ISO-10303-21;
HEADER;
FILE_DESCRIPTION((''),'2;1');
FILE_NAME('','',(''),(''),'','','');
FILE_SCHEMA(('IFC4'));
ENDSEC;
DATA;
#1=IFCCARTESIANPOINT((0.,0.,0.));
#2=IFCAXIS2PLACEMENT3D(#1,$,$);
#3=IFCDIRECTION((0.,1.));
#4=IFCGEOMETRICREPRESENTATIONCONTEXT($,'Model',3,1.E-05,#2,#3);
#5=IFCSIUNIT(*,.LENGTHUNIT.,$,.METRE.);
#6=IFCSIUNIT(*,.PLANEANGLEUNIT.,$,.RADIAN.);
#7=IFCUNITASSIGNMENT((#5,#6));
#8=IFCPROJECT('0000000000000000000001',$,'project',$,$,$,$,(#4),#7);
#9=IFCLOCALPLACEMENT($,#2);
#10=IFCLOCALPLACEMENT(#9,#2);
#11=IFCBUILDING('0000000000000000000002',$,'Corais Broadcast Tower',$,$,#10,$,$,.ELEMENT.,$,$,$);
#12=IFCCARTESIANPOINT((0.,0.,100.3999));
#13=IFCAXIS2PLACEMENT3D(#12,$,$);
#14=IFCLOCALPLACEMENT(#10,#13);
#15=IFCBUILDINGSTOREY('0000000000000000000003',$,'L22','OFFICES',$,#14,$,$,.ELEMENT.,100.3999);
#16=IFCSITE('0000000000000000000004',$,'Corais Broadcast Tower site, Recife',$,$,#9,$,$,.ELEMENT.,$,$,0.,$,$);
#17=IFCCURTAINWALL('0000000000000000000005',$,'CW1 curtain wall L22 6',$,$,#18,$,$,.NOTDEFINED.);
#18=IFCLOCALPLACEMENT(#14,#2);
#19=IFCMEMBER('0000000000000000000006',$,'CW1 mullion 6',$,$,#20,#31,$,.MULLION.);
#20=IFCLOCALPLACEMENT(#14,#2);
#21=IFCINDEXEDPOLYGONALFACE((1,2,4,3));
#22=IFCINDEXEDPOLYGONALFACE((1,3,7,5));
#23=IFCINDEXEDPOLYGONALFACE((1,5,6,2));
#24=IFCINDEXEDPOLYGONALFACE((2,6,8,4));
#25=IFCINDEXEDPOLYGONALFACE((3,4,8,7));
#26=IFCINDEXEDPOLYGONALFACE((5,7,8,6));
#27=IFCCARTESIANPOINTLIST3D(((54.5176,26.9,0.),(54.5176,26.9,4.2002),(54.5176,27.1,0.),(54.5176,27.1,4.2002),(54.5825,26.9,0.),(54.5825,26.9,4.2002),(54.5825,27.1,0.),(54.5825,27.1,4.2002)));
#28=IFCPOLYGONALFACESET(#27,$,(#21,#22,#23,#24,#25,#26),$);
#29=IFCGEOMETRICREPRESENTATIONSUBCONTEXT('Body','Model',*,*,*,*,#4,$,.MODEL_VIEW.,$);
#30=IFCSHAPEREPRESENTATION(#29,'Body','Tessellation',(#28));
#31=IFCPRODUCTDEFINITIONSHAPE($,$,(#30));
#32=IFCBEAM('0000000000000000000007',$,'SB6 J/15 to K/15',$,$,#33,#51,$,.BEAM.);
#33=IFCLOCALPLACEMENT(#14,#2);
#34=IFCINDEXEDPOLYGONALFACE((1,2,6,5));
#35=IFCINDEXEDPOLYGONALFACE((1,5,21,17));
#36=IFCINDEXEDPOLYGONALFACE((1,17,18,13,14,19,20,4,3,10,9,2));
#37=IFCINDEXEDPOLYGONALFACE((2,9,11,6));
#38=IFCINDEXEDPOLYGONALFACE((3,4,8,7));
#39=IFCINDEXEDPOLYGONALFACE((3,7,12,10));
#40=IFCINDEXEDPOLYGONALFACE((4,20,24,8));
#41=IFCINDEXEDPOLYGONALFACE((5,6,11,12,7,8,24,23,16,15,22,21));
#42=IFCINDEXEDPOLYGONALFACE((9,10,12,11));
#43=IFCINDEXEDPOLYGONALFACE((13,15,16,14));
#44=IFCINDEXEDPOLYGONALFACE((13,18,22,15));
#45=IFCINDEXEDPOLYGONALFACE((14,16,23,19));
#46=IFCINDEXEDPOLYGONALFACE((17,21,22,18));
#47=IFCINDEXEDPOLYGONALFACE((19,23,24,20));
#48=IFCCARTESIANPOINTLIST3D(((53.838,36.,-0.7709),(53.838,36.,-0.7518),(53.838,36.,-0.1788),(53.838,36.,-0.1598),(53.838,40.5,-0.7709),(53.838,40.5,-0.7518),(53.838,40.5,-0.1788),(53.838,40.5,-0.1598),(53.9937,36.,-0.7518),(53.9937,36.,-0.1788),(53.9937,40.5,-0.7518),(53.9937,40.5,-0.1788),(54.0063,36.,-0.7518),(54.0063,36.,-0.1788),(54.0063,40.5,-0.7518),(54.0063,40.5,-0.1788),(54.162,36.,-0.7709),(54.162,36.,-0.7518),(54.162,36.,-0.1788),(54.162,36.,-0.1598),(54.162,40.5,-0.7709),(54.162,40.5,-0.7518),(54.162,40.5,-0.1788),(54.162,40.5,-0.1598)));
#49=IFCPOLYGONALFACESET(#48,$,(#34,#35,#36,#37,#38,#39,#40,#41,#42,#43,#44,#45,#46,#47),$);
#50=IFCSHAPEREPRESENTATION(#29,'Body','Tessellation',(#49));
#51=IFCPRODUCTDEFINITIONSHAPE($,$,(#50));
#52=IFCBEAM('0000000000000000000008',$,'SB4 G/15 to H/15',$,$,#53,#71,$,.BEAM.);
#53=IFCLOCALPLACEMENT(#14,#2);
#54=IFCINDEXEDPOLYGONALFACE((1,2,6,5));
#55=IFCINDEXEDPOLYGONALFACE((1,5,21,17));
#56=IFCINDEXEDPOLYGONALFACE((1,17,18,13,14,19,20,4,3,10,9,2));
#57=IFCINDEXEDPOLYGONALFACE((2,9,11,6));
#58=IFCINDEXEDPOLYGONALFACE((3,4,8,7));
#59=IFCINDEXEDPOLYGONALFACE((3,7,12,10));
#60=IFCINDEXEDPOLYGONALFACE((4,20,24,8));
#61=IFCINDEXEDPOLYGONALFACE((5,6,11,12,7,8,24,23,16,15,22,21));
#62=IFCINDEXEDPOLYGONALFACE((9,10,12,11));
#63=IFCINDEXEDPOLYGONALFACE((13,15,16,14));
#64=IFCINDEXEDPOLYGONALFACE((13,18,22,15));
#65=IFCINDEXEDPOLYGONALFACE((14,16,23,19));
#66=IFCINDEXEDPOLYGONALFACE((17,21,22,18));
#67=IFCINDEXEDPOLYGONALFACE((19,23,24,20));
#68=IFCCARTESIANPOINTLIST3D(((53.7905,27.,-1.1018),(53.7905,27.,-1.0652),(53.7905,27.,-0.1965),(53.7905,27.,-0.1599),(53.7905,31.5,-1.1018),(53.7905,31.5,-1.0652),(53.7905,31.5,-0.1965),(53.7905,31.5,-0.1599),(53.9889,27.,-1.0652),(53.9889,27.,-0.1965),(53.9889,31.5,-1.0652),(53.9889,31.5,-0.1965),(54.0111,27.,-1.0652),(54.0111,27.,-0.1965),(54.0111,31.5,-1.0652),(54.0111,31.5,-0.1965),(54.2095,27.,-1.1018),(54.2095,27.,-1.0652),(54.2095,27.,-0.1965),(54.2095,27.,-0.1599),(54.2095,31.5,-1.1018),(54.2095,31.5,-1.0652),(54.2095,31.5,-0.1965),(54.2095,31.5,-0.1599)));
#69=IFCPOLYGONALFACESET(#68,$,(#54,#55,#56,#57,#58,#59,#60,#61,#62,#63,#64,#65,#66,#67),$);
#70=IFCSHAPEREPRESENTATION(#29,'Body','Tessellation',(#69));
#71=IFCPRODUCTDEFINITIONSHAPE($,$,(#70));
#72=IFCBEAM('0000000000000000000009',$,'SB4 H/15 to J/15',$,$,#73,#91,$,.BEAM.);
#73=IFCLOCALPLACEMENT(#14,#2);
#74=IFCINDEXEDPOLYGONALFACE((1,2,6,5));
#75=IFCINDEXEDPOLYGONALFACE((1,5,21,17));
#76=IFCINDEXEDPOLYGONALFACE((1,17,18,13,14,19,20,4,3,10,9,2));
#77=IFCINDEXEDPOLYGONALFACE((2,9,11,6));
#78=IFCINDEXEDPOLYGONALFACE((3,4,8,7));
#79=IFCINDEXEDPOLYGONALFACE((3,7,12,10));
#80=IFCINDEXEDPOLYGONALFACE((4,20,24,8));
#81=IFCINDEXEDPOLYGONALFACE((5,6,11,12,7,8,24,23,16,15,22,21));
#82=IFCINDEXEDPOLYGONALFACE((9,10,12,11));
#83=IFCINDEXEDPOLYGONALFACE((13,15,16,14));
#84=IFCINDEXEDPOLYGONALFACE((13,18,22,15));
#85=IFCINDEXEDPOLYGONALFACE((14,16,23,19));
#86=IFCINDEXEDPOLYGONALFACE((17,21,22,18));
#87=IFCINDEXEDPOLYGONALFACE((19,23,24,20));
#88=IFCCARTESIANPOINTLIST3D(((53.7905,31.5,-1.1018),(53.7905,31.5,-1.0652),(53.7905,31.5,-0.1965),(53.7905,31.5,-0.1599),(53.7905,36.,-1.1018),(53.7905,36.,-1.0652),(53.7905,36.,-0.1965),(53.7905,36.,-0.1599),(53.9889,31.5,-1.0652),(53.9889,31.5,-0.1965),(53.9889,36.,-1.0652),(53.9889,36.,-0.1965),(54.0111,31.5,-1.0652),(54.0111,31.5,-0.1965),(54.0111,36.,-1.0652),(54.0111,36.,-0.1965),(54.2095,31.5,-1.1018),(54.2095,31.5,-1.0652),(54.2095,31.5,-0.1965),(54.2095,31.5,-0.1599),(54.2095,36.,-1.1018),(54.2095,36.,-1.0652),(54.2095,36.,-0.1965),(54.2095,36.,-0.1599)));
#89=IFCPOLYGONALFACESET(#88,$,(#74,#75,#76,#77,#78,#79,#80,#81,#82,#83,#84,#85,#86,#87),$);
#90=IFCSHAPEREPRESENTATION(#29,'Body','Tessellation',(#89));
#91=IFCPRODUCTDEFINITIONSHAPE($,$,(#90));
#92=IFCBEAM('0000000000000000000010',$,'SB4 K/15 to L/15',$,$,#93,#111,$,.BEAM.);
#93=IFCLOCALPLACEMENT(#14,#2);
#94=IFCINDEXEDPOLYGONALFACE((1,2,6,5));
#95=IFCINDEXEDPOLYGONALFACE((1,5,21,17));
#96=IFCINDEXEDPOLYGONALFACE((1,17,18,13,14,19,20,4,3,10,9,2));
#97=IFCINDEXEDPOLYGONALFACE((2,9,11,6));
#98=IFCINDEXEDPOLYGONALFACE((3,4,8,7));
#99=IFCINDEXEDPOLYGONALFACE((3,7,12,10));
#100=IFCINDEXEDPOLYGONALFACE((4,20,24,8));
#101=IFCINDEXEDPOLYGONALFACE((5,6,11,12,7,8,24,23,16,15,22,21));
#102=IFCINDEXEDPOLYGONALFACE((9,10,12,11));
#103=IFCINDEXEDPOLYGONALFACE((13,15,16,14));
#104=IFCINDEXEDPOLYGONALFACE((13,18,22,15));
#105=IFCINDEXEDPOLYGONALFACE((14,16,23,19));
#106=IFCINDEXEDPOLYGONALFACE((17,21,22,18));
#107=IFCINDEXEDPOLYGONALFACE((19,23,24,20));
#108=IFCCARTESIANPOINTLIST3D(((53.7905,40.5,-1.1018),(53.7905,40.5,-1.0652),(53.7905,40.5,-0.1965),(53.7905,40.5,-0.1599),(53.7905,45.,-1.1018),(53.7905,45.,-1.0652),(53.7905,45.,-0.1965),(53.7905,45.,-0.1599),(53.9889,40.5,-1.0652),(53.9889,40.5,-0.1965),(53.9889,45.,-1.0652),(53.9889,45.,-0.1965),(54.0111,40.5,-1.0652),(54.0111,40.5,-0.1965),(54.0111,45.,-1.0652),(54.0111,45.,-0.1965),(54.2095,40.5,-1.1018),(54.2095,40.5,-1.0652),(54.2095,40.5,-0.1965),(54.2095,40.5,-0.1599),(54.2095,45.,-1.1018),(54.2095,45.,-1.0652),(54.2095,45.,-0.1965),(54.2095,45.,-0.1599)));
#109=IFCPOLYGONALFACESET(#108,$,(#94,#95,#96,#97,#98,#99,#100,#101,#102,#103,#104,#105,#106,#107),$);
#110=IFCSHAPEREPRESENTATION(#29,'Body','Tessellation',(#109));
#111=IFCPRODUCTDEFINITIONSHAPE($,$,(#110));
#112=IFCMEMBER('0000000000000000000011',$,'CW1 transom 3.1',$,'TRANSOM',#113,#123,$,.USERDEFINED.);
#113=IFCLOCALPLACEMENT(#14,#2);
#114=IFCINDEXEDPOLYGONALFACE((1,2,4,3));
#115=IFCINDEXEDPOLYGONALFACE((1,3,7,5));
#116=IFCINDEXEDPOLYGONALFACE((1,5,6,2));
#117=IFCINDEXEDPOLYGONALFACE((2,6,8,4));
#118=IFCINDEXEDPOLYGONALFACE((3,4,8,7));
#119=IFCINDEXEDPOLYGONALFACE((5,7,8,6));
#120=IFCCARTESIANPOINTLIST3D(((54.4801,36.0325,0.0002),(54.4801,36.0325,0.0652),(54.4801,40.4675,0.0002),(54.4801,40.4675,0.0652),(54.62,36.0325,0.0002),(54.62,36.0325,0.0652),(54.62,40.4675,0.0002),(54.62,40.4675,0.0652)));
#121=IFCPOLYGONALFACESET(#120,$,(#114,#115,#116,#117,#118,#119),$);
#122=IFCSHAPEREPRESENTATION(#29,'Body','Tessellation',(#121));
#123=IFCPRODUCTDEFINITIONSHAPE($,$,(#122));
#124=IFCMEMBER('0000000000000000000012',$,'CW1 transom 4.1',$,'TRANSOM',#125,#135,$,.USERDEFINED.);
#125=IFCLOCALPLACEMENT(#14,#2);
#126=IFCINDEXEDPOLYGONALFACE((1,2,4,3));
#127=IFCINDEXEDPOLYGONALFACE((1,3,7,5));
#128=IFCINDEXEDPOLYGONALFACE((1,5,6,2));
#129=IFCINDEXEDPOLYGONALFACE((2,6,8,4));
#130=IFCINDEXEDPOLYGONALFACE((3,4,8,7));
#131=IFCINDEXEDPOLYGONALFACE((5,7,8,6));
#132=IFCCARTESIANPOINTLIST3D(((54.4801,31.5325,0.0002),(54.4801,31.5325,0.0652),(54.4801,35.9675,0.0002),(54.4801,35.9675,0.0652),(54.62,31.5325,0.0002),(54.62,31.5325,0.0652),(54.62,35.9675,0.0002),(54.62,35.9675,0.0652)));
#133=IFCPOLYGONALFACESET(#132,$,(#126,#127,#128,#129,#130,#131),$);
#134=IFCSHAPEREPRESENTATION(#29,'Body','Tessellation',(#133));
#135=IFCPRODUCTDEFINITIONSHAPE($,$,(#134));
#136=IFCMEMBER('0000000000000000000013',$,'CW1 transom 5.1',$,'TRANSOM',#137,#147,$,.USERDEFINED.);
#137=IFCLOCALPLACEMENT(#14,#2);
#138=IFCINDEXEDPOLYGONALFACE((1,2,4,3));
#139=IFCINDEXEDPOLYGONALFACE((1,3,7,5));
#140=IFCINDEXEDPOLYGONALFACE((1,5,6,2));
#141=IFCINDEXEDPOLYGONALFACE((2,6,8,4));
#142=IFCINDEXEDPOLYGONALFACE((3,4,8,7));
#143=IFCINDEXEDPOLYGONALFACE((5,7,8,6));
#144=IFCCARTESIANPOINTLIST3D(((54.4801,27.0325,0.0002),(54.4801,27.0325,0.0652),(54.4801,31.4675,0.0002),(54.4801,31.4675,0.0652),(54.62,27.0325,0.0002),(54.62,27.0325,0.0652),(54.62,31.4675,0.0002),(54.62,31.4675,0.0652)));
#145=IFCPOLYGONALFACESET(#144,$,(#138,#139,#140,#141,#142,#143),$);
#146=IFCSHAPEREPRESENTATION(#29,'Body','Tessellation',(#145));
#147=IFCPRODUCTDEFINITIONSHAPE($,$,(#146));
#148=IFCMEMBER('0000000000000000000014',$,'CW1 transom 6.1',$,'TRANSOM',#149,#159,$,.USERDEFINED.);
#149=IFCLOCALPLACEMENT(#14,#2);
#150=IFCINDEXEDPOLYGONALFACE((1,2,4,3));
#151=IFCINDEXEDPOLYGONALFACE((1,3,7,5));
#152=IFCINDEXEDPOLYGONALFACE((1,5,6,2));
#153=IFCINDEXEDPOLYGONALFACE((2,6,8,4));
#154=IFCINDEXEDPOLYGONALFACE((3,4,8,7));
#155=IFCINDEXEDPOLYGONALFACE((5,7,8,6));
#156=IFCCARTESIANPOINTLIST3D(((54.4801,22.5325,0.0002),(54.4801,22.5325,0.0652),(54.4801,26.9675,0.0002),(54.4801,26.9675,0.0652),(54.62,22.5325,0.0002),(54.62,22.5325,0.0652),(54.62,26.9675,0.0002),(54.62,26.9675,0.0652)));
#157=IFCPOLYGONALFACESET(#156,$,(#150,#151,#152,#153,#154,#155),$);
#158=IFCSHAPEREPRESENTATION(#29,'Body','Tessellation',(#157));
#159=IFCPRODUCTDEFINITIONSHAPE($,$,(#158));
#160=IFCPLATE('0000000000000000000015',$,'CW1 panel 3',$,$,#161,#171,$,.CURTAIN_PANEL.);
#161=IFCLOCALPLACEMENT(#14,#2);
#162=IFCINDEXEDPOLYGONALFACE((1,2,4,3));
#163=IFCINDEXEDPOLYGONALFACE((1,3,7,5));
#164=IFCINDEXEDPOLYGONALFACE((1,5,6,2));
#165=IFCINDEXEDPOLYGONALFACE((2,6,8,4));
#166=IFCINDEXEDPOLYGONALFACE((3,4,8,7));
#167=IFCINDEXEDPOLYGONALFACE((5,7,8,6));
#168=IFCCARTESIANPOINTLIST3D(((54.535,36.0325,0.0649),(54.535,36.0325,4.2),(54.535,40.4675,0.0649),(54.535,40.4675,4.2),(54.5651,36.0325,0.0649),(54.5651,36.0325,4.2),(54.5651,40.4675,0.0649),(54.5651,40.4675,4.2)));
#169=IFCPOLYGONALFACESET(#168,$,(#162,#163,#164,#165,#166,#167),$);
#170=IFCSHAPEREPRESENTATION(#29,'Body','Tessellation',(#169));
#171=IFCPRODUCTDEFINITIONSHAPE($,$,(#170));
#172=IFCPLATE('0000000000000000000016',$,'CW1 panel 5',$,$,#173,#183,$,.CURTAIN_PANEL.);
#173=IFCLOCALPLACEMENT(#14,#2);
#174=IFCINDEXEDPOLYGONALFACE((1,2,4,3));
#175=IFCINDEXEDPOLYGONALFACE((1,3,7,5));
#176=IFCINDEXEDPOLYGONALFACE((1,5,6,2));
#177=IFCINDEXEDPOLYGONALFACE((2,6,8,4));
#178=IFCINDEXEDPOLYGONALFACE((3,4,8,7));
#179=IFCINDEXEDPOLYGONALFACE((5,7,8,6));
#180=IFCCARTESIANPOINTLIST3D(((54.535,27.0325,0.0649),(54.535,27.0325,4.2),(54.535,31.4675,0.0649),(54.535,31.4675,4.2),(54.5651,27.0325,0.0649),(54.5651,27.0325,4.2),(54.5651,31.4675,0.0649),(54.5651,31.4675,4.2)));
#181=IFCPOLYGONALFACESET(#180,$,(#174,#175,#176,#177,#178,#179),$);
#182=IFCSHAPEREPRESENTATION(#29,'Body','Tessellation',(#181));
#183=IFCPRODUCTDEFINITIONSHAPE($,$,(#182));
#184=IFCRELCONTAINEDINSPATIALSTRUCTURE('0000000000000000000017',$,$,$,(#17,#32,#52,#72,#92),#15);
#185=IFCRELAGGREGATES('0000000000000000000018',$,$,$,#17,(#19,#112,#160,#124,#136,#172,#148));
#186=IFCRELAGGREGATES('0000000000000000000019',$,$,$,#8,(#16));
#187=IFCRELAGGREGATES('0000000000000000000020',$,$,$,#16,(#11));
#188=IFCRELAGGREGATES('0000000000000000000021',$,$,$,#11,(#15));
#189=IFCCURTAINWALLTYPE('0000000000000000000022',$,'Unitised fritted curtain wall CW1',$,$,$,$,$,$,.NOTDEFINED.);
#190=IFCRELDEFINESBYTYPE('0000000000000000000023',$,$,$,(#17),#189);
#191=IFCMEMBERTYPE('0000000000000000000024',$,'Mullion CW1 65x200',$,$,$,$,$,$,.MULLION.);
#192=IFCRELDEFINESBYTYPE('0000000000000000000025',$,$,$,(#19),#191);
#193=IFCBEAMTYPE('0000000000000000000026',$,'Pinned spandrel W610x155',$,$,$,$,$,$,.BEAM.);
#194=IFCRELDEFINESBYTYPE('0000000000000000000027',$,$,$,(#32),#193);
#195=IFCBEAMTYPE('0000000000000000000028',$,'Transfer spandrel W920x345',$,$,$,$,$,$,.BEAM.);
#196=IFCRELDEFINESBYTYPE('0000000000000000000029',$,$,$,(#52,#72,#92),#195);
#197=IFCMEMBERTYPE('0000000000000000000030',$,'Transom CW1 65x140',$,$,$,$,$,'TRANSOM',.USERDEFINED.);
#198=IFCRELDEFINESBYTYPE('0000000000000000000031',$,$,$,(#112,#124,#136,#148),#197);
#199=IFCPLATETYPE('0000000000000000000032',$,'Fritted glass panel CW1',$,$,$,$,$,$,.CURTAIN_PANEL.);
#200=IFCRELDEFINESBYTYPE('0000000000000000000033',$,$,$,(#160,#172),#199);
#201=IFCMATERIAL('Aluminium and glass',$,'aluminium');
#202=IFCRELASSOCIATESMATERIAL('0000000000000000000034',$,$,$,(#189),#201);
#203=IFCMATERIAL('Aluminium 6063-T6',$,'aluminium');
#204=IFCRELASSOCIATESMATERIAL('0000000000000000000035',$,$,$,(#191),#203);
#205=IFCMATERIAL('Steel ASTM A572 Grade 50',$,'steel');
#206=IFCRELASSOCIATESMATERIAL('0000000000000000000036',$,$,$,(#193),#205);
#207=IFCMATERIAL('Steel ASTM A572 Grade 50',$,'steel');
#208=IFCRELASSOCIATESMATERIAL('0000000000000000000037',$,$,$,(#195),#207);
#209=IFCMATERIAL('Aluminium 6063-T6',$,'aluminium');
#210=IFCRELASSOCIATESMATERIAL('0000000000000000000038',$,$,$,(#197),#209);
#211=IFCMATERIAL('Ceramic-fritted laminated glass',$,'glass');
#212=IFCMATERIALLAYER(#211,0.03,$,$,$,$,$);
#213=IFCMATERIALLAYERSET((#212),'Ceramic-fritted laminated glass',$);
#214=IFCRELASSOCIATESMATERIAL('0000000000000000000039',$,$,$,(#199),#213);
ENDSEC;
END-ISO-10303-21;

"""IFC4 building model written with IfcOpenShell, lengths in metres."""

from ifc_helpers import new_model, si_unit, direction, frame, origin, origin_2d, place, context, subcontext, project, spatial, rectangle, i_section, extrude, material, layer, layer_set, material_profile, profile_set, type_object, element, aggregate, save


model = new_model("IFC4")

# Units and contexts
model_context = context("Model", 3, precision=1e-05, world=origin(), true_north=direction((0.0, 1.0)))
body_context = subcontext(model_context, "Body", "Model", "MODEL_VIEW")
ifc_project = project(units=[si_unit("LENGTHUNIT", "METRE"), si_unit("PLANEANGLEUNIT", "RADIAN")], contexts=[model_context])

# Site, building, storey
site_placement = place(None, origin())
site = spatial("IfcSite", under=ifc_project, at=site_placement, Name="Corais Broadcast Tower site, Recife", CompositionType="ELEMENT", RefElevation=0.0)
building_placement = place(site_placement, origin())
building = spatial("IfcBuilding", under=site, at=building_placement, Name="Corais Broadcast Tower", CompositionType="ELEMENT")
storey_placement = place(building_placement, frame((0.0, 0.0, 100.3999)))
storey = spatial("IfcBuildingStorey", under=building, at=storey_placement, Name="L22", Description="OFFICES", CompositionType="ELEMENT", Elevation=100.3999)

# Curtain wall, member
ifc_material_1 = material(Name="Aluminium and glass", Category="aluminium")
curtain_wall_type = type_object("IfcCurtainWallType", Name="Unitised fritted curtain wall CW1", PredefinedType="NOTDEFINED", material=ifc_material_1)
curtain_wall_placement = place(storey_placement, origin())
curtain_wall = element("IfcCurtainWall", 1, at=curtain_wall_placement, inside=storey, type_object=curtain_wall_type, Name="CW1 curtain wall L22 6", PredefinedType="NOTDEFINED")
ifc_material_2 = material(Name="Aluminium 6063-T6", Category="aluminium")
ifc_material_profile_1 = material_profile(ifc_material_2, rectangle(XDim=0.0649, YDim=0.2, at=origin_2d()), Name="Mullion CW1 65x200")
ifc_profile_set_1 = profile_set([ifc_material_profile_1], Name="Aluminium 6063-T6")
member_type_1 = type_object("IfcMemberType", Name="Mullion CW1 65x200", PredefinedType="MULLION", material=ifc_profile_set_1)
member_1_placement = place(storey_placement, frame((54.55, 27.0, 0.0), z_axis=(0.0, 0.0, 1.0), x_axis=(1.0, 0.0, 0.0)))
member_1 = element("IfcMember", 2, at=member_1_placement, type_object=member_type_1, Name="CW1 mullion 6", PredefinedType="MULLION", context=body_context, shape_type="SweptSolid", body=[
    extrude(rectangle(XDim=0.0649, YDim=0.2, at=origin_2d()), origin(), (0.0, 0.0, 1.0), 4.2002),
])

# Beams
ifc_material_3 = material(Name="Steel ASTM A572 Grade 50", Category="steel")
ifc_material_profile_2 = material_profile(ifc_material_3, i_section(OverallWidth=0.324, OverallDepth=0.6111, WebThickness=0.0127, FlangeThickness=0.019, at=origin_2d()), Name="W610x155")
ifc_profile_set_2 = profile_set([ifc_material_profile_2], Name="Steel ASTM A572 Grade 50")
beam_type_1 = type_object("IfcBeamType", Name="Pinned spandrel W610x155", PredefinedType="BEAM", material=ifc_profile_set_2)
beam_placement = place(storey_placement, frame((54.0, 36.0, -0.4653), z_axis=(0.0, 1.0, 0.0), x_axis=(-1.0, 0.0, 0.0)))
element("IfcBeam", 3, at=beam_placement, inside=storey, type_object=beam_type_1, Name="SB6 J/15 to K/15", PredefinedType="BEAM", context=body_context, shape_type="SweptSolid", body=[
    extrude(i_section(OverallWidth=0.324, OverallDepth=0.6111, WebThickness=0.0127, FlangeThickness=0.019, at=origin_2d()), origin(), (0.0, 0.0, 1.0), 4.5),
])
ifc_material_4 = material(Name="Steel ASTM A572 Grade 50", Category="steel")
ifc_material_profile_3 = material_profile(ifc_material_4, i_section(OverallWidth=0.4189, OverallDepth=0.9419, WebThickness=0.0222, FlangeThickness=0.0366, at=origin_2d()), Name="W920x345")
ifc_profile_set_3 = profile_set([ifc_material_profile_3], Name="Steel ASTM A572 Grade 50")
beam_type_2 = type_object("IfcBeamType", Name="Transfer spandrel W920x345", PredefinedType="BEAM", material=ifc_profile_set_3)
for number, where, z_axis, x_axis, name in (
    (4, (54.0, 27.0, -0.6309), (0.0, 1.0, 0.0), (-1.0, 0.0, 0.0), "SB4 G/15 to H/15"),
    (5, (54.0, 31.5, -0.6309), (0.0, 1.0, 0.0), (-1.0, 0.0, 0.0), "SB4 H/15 to J/15"),
    (6, (54.0, 40.5, -0.6309), (0.0, 1.0, 0.0), (-1.0, 0.0, 0.0), "SB4 K/15 to L/15"),
):
    element("IfcBeam", number, at=place(storey_placement, frame(where, z_axis=z_axis, x_axis=x_axis)), inside=storey, type_object=beam_type_2, Name=name, PredefinedType="BEAM", context=body_context, shape_type="SweptSolid", body=[
        extrude(i_section(OverallWidth=0.4189, OverallDepth=0.9419, WebThickness=0.0222, FlangeThickness=0.0366, at=origin_2d()), origin(), (0.0, 0.0, 1.0), 4.5),
    ])

# Members
ifc_material_5 = material(Name="Aluminium 6063-T6", Category="aluminium")
ifc_material_profile_4 = material_profile(ifc_material_5, rectangle(XDim=0.1399, YDim=0.0649, at=origin_2d()), Name="Transom CW1 65x140")
ifc_profile_set_4 = profile_set([ifc_material_profile_4], Name="Aluminium 6063-T6")
member_type_2 = type_object("IfcMemberType", Name="Transom CW1 65x140", ElementType="TRANSOM", PredefinedType="USERDEFINED", material=ifc_profile_set_4)
member_2_placement = place(storey_placement, frame((54.55, 40.4675, 0.0327), z_axis=(0.0, -1.0, 0.0), x_axis=(1.0, 0.0, 0.0)))
member_2 = element("IfcMember", 7, at=member_2_placement, type_object=member_type_2, Name="CW1 transom 3.1", ObjectType="TRANSOM", PredefinedType="USERDEFINED", context=body_context, shape_type="SweptSolid", body=[
    extrude(rectangle(XDim=0.1399, YDim=0.0649, at=origin_2d()), origin(), (0.0, 0.0, 1.0), 4.4351),
])
member_3_placement = place(storey_placement, frame((54.55, 35.9675, 0.0327), z_axis=(0.0, -1.0, 0.0), x_axis=(1.0, 0.0, 0.0)))
member_3 = element("IfcMember", 8, at=member_3_placement, type_object=member_type_2, Name="CW1 transom 4.1", ObjectType="TRANSOM", PredefinedType="USERDEFINED", context=body_context, shape_type="SweptSolid", body=[
    extrude(rectangle(XDim=0.1399, YDim=0.0649, at=origin_2d()), origin(), (0.0, 0.0, 1.0), 4.4351),
])
member_4_placement = place(storey_placement, frame((54.55, 31.4675, 0.0327), z_axis=(0.0, -1.0, 0.0), x_axis=(1.0, 0.0, 0.0)))
member_4 = element("IfcMember", 9, at=member_4_placement, type_object=member_type_2, Name="CW1 transom 5.1", ObjectType="TRANSOM", PredefinedType="USERDEFINED", context=body_context, shape_type="SweptSolid", body=[
    extrude(rectangle(XDim=0.1399, YDim=0.0649, at=origin_2d()), origin(), (0.0, 0.0, 1.0), 4.4351),
])
member_5_placement = place(storey_placement, frame((54.55, 26.9675, 0.0327), z_axis=(0.0, -1.0, 0.0), x_axis=(1.0, 0.0, 0.0)))
member_5 = element("IfcMember", 10, at=member_5_placement, type_object=member_type_2, Name="CW1 transom 6.1", ObjectType="TRANSOM", PredefinedType="USERDEFINED", context=body_context, shape_type="SweptSolid", body=[
    extrude(rectangle(XDim=0.1399, YDim=0.0649, at=origin_2d()), origin(), (0.0, 0.0, 1.0), 4.4351),
])

# Plates
ifc_material_6 = material(Name="Ceramic-fritted laminated glass", Category="glass")
ifc_layer_1 = layer(ifc_material_6, 0.03)
ifc_layer_set_1 = layer_set([ifc_layer_1], Name="Ceramic-fritted laminated glass")
plate_type_1 = type_object("IfcPlateType", Name="Fritted glass panel CW1", PredefinedType="CURTAIN_PANEL", material=ifc_layer_set_1)
plate_1_placement = place(storey_placement, frame((54.55, 38.25, 0.0649), z_axis=(0.0, 0.0, 1.0), x_axis=(0.0, -1.0, 0.0)))
plate_1 = element("IfcPlate", 11, at=plate_1_placement, type_object=plate_type_1, Name="CW1 panel 3", PredefinedType="CURTAIN_PANEL", context=body_context, shape_type="SweptSolid", body=[
    extrude(rectangle(XDim=4.4351, YDim=0.03, at=origin_2d()), origin(), (0.0, 0.0, 1.0), 4.135),
])
plate_2_placement = place(storey_placement, frame((54.55, 29.25, 0.0649), z_axis=(0.0, 0.0, 1.0), x_axis=(0.0, -1.0, 0.0)))
plate_2 = element("IfcPlate", 12, at=plate_2_placement, type_object=plate_type_1, Name="CW1 panel 5", PredefinedType="CURTAIN_PANEL", context=body_context, shape_type="SweptSolid", body=[
    extrude(rectangle(XDim=4.4351, YDim=0.03, at=origin_2d()), origin(), (0.0, 0.0, 1.0), 4.135),
])
aggregate(curtain_wall, [member_1, member_2, plate_1, member_3, member_4, plate_2, member_5])

save(model, "model.ifc")
